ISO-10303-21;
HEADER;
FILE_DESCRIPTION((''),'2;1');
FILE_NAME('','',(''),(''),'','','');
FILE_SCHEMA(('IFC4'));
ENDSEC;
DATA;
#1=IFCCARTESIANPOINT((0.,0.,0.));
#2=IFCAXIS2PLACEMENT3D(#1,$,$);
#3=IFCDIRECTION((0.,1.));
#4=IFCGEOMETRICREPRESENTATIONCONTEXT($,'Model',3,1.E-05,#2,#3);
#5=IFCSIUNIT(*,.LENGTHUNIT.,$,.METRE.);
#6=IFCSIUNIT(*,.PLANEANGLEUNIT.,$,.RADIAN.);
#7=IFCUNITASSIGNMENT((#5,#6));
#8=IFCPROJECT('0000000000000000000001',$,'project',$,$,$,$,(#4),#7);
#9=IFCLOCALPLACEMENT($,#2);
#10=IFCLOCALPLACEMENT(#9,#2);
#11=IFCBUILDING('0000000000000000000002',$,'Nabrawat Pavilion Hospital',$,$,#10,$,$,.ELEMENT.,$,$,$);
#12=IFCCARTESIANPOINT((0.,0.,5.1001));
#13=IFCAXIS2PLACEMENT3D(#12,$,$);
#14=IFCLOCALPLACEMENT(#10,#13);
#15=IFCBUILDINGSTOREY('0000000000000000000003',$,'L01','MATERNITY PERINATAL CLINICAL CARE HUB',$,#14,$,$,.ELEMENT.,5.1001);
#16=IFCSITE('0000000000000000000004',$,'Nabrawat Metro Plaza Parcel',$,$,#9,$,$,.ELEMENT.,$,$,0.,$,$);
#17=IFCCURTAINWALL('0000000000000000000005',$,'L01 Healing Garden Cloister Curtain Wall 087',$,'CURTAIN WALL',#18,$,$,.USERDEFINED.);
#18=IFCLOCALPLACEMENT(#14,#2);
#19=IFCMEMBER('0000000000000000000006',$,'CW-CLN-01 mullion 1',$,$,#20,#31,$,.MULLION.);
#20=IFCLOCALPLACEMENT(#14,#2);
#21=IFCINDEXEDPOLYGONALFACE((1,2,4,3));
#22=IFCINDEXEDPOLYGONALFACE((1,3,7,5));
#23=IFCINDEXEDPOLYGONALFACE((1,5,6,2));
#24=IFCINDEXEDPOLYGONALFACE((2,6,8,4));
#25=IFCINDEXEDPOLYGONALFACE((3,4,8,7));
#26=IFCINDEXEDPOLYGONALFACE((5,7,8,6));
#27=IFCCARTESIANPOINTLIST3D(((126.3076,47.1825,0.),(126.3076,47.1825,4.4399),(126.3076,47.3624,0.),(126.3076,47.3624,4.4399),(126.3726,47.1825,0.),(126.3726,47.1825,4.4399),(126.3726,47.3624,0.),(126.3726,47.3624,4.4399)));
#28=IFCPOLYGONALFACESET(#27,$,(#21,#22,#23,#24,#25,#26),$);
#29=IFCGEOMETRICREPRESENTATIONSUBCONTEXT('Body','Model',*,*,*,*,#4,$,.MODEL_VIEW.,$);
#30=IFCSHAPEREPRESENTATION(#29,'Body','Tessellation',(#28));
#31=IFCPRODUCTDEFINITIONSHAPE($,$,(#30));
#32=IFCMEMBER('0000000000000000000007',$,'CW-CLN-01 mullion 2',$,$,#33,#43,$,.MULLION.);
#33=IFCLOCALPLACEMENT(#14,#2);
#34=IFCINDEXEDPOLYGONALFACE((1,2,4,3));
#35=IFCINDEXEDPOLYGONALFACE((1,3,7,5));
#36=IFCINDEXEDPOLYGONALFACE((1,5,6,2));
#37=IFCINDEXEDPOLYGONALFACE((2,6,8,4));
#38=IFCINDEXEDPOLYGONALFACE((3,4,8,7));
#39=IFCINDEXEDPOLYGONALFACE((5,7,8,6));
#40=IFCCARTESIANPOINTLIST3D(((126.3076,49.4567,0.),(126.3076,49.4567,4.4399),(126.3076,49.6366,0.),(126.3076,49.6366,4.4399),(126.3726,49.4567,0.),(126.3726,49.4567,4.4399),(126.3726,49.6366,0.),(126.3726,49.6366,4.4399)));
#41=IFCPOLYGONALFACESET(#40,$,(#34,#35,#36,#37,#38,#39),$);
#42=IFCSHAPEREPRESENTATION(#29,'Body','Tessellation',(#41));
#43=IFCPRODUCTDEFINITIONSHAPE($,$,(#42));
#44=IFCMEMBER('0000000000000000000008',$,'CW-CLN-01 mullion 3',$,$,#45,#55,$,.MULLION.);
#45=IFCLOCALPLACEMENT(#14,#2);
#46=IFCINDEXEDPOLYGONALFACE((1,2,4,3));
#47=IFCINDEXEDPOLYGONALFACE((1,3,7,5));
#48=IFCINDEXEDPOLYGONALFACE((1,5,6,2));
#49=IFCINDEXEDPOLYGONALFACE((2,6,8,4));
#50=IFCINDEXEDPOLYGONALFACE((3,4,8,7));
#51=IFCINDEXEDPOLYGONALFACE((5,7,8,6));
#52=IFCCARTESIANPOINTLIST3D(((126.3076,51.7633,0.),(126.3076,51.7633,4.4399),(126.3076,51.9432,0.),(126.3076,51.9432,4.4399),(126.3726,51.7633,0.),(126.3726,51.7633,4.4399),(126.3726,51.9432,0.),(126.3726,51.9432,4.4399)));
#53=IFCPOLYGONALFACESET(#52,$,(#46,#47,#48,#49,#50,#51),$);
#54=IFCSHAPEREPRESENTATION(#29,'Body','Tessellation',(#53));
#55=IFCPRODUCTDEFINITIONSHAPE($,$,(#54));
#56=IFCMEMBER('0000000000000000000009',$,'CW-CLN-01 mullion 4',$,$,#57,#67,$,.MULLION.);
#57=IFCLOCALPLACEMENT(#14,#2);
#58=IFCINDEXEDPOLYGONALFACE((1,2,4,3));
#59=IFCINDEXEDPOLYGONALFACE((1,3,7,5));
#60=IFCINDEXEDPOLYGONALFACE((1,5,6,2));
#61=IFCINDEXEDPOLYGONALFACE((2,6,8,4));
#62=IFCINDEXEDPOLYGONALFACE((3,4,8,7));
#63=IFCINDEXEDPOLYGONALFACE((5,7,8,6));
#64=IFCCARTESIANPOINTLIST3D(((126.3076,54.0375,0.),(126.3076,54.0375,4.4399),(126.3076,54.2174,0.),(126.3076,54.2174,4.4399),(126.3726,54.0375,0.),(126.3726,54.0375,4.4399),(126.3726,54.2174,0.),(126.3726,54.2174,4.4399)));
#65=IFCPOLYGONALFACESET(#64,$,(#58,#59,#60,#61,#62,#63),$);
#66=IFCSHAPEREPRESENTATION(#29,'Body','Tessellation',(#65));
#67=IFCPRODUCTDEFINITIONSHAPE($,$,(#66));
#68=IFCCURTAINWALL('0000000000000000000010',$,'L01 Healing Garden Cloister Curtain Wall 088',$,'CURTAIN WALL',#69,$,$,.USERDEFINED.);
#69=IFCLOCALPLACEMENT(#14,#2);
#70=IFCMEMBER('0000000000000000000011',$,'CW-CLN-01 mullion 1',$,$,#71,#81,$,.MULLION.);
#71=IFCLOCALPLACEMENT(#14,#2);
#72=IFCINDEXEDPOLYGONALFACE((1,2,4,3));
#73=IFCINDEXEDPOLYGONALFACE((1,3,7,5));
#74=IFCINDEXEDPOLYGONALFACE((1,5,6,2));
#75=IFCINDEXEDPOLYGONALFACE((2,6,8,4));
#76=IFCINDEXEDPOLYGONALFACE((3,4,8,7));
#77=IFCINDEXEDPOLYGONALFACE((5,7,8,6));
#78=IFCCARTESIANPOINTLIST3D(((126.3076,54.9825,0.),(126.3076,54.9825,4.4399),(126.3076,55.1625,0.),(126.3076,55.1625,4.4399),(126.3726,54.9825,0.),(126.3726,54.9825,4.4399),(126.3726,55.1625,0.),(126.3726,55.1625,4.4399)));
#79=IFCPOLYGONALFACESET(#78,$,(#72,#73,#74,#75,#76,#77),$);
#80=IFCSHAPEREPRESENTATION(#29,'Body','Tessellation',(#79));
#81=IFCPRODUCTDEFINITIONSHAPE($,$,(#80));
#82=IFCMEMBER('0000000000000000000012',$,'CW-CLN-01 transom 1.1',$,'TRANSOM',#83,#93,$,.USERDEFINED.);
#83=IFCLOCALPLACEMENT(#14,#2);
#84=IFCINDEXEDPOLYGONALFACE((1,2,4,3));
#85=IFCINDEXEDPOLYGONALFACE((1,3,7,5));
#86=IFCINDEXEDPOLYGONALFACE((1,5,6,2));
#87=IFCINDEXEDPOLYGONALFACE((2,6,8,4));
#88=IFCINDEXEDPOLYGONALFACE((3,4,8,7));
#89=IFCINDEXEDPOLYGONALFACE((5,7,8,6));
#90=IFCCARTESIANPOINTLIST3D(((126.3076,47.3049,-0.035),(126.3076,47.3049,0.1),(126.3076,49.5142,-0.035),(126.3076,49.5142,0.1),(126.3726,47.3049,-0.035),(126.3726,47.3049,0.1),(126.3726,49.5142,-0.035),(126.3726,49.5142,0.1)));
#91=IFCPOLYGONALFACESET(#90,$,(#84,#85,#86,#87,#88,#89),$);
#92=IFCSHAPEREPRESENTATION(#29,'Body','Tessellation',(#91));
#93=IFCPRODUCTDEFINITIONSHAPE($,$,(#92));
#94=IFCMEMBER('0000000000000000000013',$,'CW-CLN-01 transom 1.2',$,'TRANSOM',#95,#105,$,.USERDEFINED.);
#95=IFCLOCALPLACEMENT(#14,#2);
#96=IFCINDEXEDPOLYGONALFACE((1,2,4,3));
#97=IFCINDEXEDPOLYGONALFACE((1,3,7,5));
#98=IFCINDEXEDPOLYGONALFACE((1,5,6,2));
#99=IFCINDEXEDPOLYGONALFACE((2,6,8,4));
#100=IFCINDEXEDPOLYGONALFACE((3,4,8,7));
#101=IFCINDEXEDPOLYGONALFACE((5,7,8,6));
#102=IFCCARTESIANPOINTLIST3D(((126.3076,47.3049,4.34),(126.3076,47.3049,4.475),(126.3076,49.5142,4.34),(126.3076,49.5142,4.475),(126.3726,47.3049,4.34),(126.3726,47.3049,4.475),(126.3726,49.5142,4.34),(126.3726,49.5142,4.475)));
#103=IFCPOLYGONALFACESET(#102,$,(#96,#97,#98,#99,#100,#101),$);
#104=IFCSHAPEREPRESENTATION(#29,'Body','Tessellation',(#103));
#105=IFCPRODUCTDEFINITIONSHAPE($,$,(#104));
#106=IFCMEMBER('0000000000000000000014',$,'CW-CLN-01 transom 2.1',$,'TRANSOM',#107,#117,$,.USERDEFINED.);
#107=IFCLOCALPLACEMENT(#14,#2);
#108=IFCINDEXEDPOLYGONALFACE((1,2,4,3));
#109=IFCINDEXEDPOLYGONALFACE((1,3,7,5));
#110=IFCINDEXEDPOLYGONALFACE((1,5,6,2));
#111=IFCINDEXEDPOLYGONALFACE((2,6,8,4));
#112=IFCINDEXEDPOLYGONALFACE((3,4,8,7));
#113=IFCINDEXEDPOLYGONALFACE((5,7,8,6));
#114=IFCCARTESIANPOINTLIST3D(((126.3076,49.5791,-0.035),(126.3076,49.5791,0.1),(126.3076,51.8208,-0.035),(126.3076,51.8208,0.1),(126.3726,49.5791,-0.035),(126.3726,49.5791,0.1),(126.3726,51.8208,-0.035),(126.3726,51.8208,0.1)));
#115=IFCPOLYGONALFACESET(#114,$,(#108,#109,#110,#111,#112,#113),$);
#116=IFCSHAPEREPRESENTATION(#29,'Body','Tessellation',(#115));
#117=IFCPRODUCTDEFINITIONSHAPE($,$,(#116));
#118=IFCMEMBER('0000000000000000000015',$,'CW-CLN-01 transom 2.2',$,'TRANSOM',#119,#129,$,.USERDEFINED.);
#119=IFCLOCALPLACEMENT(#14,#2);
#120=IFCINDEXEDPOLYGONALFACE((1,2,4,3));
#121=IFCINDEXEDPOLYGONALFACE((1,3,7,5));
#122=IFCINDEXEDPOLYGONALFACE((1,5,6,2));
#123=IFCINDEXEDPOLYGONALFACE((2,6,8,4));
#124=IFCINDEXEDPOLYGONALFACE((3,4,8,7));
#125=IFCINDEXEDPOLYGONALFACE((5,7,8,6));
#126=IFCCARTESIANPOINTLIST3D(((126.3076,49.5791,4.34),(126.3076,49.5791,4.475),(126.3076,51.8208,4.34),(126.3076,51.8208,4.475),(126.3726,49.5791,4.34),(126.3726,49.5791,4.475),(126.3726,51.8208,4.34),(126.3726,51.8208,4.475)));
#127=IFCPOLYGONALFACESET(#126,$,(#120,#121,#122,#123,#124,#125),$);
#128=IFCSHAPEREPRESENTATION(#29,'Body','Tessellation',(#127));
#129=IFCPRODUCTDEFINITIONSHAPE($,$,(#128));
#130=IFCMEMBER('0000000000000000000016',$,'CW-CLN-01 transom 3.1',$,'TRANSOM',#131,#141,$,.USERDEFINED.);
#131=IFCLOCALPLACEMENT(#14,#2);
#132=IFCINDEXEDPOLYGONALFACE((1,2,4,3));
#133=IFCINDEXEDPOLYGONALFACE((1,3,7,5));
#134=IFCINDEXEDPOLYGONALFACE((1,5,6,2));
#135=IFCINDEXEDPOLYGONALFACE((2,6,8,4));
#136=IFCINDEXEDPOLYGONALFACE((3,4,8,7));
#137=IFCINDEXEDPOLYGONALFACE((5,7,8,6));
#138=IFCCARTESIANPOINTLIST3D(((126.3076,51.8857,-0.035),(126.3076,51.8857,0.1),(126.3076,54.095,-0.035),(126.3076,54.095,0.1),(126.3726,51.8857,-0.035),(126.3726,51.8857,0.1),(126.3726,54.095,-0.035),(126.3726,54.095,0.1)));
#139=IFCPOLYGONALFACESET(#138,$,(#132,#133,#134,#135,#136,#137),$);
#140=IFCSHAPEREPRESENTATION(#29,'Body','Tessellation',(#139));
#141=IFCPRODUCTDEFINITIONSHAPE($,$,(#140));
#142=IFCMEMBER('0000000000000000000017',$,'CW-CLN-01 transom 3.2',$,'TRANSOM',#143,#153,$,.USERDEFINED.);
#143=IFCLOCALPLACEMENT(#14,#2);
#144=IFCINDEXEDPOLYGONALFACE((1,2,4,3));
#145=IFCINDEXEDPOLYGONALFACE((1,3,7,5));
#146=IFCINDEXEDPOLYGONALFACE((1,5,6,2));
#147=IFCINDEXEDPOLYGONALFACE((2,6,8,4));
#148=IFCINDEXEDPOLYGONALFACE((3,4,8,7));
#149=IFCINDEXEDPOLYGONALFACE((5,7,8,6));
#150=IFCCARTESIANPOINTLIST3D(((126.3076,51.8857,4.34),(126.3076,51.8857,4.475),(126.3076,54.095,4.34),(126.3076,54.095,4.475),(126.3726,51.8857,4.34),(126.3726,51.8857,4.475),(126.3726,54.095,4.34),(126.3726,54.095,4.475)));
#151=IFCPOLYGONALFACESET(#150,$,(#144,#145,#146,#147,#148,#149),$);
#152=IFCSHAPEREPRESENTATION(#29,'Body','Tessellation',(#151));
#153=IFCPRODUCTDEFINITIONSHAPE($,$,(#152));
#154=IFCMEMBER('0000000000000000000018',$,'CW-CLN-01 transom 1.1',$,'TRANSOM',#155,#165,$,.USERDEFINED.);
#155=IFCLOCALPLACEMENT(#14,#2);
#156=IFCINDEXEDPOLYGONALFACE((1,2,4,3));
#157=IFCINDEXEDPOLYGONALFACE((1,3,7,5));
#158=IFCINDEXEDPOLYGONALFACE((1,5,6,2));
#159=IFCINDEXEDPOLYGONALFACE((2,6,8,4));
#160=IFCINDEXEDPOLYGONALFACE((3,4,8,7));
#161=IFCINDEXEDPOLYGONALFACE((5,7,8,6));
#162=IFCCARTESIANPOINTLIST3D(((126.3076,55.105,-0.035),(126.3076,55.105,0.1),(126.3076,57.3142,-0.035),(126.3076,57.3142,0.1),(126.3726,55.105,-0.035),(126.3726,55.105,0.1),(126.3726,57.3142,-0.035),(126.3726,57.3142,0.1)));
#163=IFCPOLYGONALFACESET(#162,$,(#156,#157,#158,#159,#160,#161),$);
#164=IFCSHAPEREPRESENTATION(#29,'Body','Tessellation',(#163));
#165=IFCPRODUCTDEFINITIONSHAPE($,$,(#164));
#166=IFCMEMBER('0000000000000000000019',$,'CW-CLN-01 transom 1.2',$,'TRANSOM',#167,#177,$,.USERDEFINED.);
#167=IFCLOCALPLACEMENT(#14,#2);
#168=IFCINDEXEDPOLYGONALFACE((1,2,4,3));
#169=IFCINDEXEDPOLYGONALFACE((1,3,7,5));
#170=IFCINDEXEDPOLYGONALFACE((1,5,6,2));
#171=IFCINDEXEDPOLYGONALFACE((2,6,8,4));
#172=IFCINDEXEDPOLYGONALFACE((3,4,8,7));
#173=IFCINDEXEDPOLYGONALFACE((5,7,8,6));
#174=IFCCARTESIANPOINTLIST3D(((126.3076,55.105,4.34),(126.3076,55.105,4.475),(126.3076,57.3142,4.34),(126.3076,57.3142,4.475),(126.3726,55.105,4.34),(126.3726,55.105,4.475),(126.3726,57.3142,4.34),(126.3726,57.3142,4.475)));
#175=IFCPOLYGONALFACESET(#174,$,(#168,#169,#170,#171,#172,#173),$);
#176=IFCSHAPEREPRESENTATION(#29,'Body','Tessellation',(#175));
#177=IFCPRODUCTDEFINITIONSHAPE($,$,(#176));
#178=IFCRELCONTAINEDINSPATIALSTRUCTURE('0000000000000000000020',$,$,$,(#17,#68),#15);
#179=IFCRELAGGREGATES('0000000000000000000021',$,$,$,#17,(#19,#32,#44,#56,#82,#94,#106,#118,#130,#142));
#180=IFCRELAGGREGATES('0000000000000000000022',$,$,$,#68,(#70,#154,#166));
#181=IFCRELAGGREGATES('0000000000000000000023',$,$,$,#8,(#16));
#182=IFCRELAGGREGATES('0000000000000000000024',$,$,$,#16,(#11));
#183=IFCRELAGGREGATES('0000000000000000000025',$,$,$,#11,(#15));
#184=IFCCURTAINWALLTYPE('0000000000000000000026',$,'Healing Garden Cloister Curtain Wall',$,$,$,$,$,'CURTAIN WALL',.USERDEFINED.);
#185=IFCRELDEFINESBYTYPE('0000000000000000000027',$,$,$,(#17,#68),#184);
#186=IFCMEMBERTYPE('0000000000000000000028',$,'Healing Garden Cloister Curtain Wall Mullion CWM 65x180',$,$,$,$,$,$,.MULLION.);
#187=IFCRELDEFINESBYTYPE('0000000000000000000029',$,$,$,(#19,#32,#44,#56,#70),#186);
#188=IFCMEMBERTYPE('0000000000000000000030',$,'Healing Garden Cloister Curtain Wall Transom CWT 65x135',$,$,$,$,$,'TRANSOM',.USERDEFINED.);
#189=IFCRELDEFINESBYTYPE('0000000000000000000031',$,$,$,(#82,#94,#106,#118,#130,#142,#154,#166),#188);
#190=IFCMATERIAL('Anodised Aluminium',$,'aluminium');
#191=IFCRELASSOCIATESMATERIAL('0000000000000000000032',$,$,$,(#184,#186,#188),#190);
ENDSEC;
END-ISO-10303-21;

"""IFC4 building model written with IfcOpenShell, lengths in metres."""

from ifc_helpers import new_model, si_unit, direction, frame, origin, origin_2d, place, context, subcontext, project, spatial, rectangle, extrude, material, material_profile, profile_set, type_object, element, aggregate, save


model = new_model("IFC4")

# Units and contexts
model_context = context("Model", 3, precision=1e-05, world=origin(), true_north=direction((0.0, 1.0)))
body_context = subcontext(model_context, "Body", "Model", "MODEL_VIEW")
ifc_project = project(units=[si_unit("LENGTHUNIT", "METRE"), si_unit("PLANEANGLEUNIT", "RADIAN")], contexts=[model_context])

# Site, building, storey
site_placement = place(None, origin())
site = spatial("IfcSite", under=ifc_project, at=site_placement, Name="Nabrawat Metro Plaza Parcel", CompositionType="ELEMENT", RefElevation=0.0)
building_placement = place(site_placement, origin())
building = spatial("IfcBuilding", under=site, at=building_placement, Name="Nabrawat Pavilion Hospital", CompositionType="ELEMENT")
storey_placement = place(building_placement, frame((0.0, 0.0, 5.1001)))
storey = spatial("IfcBuildingStorey", under=building, at=storey_placement, Name="L01", Description="MATERNITY PERINATAL CLINICAL CARE HUB", CompositionType="ELEMENT", Elevation=5.1001)

# Shared definitions
ifc_material_1 = material(Name="Anodised Aluminium", Category="aluminium")

# Curtain wall, members
curtain_wall_type_1 = type_object("IfcCurtainWallType", Name="Healing Garden Cloister Curtain Wall", ElementType="CURTAIN WALL", PredefinedType="USERDEFINED", material=ifc_material_1)
curtain_wall_1_placement = place(storey_placement, origin())
curtain_wall_1 = element("IfcCurtainWall", 1, at=curtain_wall_1_placement, inside=storey, type_object=curtain_wall_type_1, Name="L01 Healing Garden Cloister Curtain Wall 087", ObjectType="CURTAIN WALL", PredefinedType="USERDEFINED")
ifc_material_profile_1 = material_profile(ifc_material_1, rectangle(XDim=0.0649, YDim=0.1799, at=origin_2d()), Name="CWM 65x180")
ifc_profile_set_1 = profile_set([ifc_material_profile_1], Name="Anodised Aluminium")
member_type_1 = type_object("IfcMemberType", Name="Healing Garden Cloister Curtain Wall Mullion CWM 65x180", PredefinedType="MULLION", material=ifc_profile_set_1)
member_1_placement = place(storey_placement, frame((126.3401, 47.2725, 0.0), z_axis=(0.0, 0.0, 1.0), x_axis=(-1.0, 0.0, 0.0)))
member_1 = element("IfcMember", 2, at=member_1_placement, type_object=member_type_1, Name="CW-CLN-01 mullion 1", PredefinedType="MULLION", context=body_context, shape_type="SweptSolid", body=[
    extrude(rectangle(XDim=0.0649, YDim=0.1799, at=origin_2d()), origin(), (0.0, 0.0, 1.0), 4.4399),
])
member_2_placement = place(storey_placement, frame((126.3401, 49.5466, 0.0), z_axis=(0.0, 0.0, 1.0), x_axis=(-1.0, 0.0, 0.0)))
member_2 = element("IfcMember", 3, at=member_2_placement, type_object=member_type_1, Name="CW-CLN-01 mullion 2", PredefinedType="MULLION", context=body_context, shape_type="SweptSolid", body=[
    extrude(rectangle(XDim=0.0649, YDim=0.1799, at=origin_2d()), origin(), (0.0, 0.0, 1.0), 4.4399),
])
member_3_placement = place(storey_placement, frame((126.3401, 51.8533, 0.0), z_axis=(0.0, 0.0, 1.0), x_axis=(-1.0, 0.0, 0.0)))
member_3 = element("IfcMember", 4, at=member_3_placement, type_object=member_type_1, Name="CW-CLN-01 mullion 3", PredefinedType="MULLION", context=body_context, shape_type="SweptSolid", body=[
    extrude(rectangle(XDim=0.0649, YDim=0.1799, at=origin_2d()), origin(), (0.0, 0.0, 1.0), 4.4399),
])
member_4_placement = place(storey_placement, frame((126.3401, 54.1274, 0.0), z_axis=(0.0, 0.0, 1.0), x_axis=(-1.0, 0.0, 0.0)))
member_4 = element("IfcMember", 5, at=member_4_placement, type_object=member_type_1, Name="CW-CLN-01 mullion 4", PredefinedType="MULLION", context=body_context, shape_type="SweptSolid", body=[
    extrude(rectangle(XDim=0.0649, YDim=0.1799, at=origin_2d()), origin(), (0.0, 0.0, 1.0), 4.4399),
])

# Curtain wall, member
curtain_wall_2_placement = place(storey_placement, origin())
curtain_wall_2 = element("IfcCurtainWall", 6, at=curtain_wall_2_placement, inside=storey, type_object=curtain_wall_type_1, Name="L01 Healing Garden Cloister Curtain Wall 088", ObjectType="CURTAIN WALL", PredefinedType="USERDEFINED")
member_5_placement = place(storey_placement, frame((126.3401, 55.0725, 0.0), z_axis=(0.0, 0.0, 1.0), x_axis=(-1.0, 0.0, 0.0)))
member_5 = element("IfcMember", 7, at=member_5_placement, type_object=member_type_1, Name="CW-CLN-01 mullion 1", PredefinedType="MULLION", context=body_context, shape_type="SweptSolid", body=[
    extrude(rectangle(XDim=0.0649, YDim=0.1799, at=origin_2d()), origin(), (0.0, 0.0, 1.0), 4.4399),
])

# Members
ifc_material_profile_2 = material_profile(ifc_material_1, rectangle(XDim=0.0649, YDim=0.135, at=origin_2d()), Name="CWT 65x135")
ifc_profile_set_2 = profile_set([ifc_material_profile_2], Name="Anodised Aluminium")
member_type_2 = type_object("IfcMemberType", Name="Healing Garden Cloister Curtain Wall Transom CWT 65x135", ElementType="TRANSOM", PredefinedType="USERDEFINED", material=ifc_profile_set_2)
member_6_placement = place(storey_placement, frame((126.3401, 47.3049, 0.0325), z_axis=(0.0, 1.0, 0.0), x_axis=(-1.0, 0.0, 0.0)))
member_6 = element("IfcMember", 8, at=member_6_placement, type_object=member_type_2, Name="CW-CLN-01 transom 1.1", ObjectType="TRANSOM", PredefinedType="USERDEFINED", context=body_context, shape_type="SweptSolid", body=[
    extrude(rectangle(XDim=0.0649, YDim=0.135, at=origin_2d()), origin(), (0.0, 0.0, 1.0), 2.2092),
])
member_7_placement = place(storey_placement, frame((126.3401, 47.3049, 4.4075), z_axis=(0.0, 1.0, 0.0), x_axis=(-1.0, 0.0, 0.0)))
member_7 = element("IfcMember", 9, at=member_7_placement, type_object=member_type_2, Name="CW-CLN-01 transom 1.2", ObjectType="TRANSOM", PredefinedType="USERDEFINED", context=body_context, shape_type="SweptSolid", body=[
    extrude(rectangle(XDim=0.0649, YDim=0.135, at=origin_2d()), origin(), (0.0, 0.0, 1.0), 2.2092),
])
member_8_placement = place(storey_placement, frame((126.3401, 49.5791, 0.0325), z_axis=(0.0, 1.0, 0.0), x_axis=(-1.0, 0.0, 0.0)))
member_8 = element("IfcMember", 10, at=member_8_placement, type_object=member_type_2, Name="CW-CLN-01 transom 2.1", ObjectType="TRANSOM", PredefinedType="USERDEFINED", context=body_context, shape_type="SweptSolid", body=[
    extrude(rectangle(XDim=0.0649, YDim=0.135, at=origin_2d()), origin(), (0.0, 0.0, 1.0), 2.2417),
])
member_9_placement = place(storey_placement, frame((126.3401, 49.5791, 4.4075), z_axis=(0.0, 1.0, 0.0), x_axis=(-1.0, 0.0, 0.0)))
member_9 = element("IfcMember", 11, at=member_9_placement, type_object=member_type_2, Name="CW-CLN-01 transom 2.2", ObjectType="TRANSOM", PredefinedType="USERDEFINED", context=body_context, shape_type="SweptSolid", body=[
    extrude(rectangle(XDim=0.0649, YDim=0.135, at=origin_2d()), origin(), (0.0, 0.0, 1.0), 2.2417),
])
member_10_placement = place(storey_placement, frame((126.3401, 51.8857, 0.0325), z_axis=(0.0, 1.0, 0.0), x_axis=(-1.0, 0.0, 0.0)))
member_10 = element("IfcMember", 12, at=member_10_placement, type_object=member_type_2, Name="CW-CLN-01 transom 3.1", ObjectType="TRANSOM", PredefinedType="USERDEFINED", context=body_context, shape_type="SweptSolid", body=[
    extrude(rectangle(XDim=0.0649, YDim=0.135, at=origin_2d()), origin(), (0.0, 0.0, 1.0), 2.2092),
])
member_11_placement = place(storey_placement, frame((126.3401, 51.8857, 4.4075), z_axis=(0.0, 1.0, 0.0), x_axis=(-1.0, 0.0, 0.0)))
member_11 = element("IfcMember", 13, at=member_11_placement, type_object=member_type_2, Name="CW-CLN-01 transom 3.2", ObjectType="TRANSOM", PredefinedType="USERDEFINED", context=body_context, shape_type="SweptSolid", body=[
    extrude(rectangle(XDim=0.0649, YDim=0.135, at=origin_2d()), origin(), (0.0, 0.0, 1.0), 2.2092),
])
member_12_placement = place(storey_placement, frame((126.3401, 55.105, 0.0325), z_axis=(0.0, 1.0, 0.0), x_axis=(-1.0, 0.0, 0.0)))
member_12 = element("IfcMember", 14, at=member_12_placement, type_object=member_type_2, Name="CW-CLN-01 transom 1.1", ObjectType="TRANSOM", PredefinedType="USERDEFINED", context=body_context, shape_type="SweptSolid", body=[
    extrude(rectangle(XDim=0.0649, YDim=0.135, at=origin_2d()), origin(), (0.0, 0.0, 1.0), 2.2092),
])
member_13_placement = place(storey_placement, frame((126.3401, 55.105, 4.4075), z_axis=(0.0, 1.0, 0.0), x_axis=(-1.0, 0.0, 0.0)))
member_13 = element("IfcMember", 15, at=member_13_placement, type_object=member_type_2, Name="CW-CLN-01 transom 1.2", ObjectType="TRANSOM", PredefinedType="USERDEFINED", context=body_context, shape_type="SweptSolid", body=[
    extrude(rectangle(XDim=0.0649, YDim=0.135, at=origin_2d()), origin(), (0.0, 0.0, 1.0), 2.2092),
])

aggregate(curtain_wall_1, [member_1, member_2, member_3, member_4, member_6, member_7, member_8, member_9, member_10, member_11])
aggregate(curtain_wall_2, [member_5, member_12, member_13])

save(model, "model.ifc")
